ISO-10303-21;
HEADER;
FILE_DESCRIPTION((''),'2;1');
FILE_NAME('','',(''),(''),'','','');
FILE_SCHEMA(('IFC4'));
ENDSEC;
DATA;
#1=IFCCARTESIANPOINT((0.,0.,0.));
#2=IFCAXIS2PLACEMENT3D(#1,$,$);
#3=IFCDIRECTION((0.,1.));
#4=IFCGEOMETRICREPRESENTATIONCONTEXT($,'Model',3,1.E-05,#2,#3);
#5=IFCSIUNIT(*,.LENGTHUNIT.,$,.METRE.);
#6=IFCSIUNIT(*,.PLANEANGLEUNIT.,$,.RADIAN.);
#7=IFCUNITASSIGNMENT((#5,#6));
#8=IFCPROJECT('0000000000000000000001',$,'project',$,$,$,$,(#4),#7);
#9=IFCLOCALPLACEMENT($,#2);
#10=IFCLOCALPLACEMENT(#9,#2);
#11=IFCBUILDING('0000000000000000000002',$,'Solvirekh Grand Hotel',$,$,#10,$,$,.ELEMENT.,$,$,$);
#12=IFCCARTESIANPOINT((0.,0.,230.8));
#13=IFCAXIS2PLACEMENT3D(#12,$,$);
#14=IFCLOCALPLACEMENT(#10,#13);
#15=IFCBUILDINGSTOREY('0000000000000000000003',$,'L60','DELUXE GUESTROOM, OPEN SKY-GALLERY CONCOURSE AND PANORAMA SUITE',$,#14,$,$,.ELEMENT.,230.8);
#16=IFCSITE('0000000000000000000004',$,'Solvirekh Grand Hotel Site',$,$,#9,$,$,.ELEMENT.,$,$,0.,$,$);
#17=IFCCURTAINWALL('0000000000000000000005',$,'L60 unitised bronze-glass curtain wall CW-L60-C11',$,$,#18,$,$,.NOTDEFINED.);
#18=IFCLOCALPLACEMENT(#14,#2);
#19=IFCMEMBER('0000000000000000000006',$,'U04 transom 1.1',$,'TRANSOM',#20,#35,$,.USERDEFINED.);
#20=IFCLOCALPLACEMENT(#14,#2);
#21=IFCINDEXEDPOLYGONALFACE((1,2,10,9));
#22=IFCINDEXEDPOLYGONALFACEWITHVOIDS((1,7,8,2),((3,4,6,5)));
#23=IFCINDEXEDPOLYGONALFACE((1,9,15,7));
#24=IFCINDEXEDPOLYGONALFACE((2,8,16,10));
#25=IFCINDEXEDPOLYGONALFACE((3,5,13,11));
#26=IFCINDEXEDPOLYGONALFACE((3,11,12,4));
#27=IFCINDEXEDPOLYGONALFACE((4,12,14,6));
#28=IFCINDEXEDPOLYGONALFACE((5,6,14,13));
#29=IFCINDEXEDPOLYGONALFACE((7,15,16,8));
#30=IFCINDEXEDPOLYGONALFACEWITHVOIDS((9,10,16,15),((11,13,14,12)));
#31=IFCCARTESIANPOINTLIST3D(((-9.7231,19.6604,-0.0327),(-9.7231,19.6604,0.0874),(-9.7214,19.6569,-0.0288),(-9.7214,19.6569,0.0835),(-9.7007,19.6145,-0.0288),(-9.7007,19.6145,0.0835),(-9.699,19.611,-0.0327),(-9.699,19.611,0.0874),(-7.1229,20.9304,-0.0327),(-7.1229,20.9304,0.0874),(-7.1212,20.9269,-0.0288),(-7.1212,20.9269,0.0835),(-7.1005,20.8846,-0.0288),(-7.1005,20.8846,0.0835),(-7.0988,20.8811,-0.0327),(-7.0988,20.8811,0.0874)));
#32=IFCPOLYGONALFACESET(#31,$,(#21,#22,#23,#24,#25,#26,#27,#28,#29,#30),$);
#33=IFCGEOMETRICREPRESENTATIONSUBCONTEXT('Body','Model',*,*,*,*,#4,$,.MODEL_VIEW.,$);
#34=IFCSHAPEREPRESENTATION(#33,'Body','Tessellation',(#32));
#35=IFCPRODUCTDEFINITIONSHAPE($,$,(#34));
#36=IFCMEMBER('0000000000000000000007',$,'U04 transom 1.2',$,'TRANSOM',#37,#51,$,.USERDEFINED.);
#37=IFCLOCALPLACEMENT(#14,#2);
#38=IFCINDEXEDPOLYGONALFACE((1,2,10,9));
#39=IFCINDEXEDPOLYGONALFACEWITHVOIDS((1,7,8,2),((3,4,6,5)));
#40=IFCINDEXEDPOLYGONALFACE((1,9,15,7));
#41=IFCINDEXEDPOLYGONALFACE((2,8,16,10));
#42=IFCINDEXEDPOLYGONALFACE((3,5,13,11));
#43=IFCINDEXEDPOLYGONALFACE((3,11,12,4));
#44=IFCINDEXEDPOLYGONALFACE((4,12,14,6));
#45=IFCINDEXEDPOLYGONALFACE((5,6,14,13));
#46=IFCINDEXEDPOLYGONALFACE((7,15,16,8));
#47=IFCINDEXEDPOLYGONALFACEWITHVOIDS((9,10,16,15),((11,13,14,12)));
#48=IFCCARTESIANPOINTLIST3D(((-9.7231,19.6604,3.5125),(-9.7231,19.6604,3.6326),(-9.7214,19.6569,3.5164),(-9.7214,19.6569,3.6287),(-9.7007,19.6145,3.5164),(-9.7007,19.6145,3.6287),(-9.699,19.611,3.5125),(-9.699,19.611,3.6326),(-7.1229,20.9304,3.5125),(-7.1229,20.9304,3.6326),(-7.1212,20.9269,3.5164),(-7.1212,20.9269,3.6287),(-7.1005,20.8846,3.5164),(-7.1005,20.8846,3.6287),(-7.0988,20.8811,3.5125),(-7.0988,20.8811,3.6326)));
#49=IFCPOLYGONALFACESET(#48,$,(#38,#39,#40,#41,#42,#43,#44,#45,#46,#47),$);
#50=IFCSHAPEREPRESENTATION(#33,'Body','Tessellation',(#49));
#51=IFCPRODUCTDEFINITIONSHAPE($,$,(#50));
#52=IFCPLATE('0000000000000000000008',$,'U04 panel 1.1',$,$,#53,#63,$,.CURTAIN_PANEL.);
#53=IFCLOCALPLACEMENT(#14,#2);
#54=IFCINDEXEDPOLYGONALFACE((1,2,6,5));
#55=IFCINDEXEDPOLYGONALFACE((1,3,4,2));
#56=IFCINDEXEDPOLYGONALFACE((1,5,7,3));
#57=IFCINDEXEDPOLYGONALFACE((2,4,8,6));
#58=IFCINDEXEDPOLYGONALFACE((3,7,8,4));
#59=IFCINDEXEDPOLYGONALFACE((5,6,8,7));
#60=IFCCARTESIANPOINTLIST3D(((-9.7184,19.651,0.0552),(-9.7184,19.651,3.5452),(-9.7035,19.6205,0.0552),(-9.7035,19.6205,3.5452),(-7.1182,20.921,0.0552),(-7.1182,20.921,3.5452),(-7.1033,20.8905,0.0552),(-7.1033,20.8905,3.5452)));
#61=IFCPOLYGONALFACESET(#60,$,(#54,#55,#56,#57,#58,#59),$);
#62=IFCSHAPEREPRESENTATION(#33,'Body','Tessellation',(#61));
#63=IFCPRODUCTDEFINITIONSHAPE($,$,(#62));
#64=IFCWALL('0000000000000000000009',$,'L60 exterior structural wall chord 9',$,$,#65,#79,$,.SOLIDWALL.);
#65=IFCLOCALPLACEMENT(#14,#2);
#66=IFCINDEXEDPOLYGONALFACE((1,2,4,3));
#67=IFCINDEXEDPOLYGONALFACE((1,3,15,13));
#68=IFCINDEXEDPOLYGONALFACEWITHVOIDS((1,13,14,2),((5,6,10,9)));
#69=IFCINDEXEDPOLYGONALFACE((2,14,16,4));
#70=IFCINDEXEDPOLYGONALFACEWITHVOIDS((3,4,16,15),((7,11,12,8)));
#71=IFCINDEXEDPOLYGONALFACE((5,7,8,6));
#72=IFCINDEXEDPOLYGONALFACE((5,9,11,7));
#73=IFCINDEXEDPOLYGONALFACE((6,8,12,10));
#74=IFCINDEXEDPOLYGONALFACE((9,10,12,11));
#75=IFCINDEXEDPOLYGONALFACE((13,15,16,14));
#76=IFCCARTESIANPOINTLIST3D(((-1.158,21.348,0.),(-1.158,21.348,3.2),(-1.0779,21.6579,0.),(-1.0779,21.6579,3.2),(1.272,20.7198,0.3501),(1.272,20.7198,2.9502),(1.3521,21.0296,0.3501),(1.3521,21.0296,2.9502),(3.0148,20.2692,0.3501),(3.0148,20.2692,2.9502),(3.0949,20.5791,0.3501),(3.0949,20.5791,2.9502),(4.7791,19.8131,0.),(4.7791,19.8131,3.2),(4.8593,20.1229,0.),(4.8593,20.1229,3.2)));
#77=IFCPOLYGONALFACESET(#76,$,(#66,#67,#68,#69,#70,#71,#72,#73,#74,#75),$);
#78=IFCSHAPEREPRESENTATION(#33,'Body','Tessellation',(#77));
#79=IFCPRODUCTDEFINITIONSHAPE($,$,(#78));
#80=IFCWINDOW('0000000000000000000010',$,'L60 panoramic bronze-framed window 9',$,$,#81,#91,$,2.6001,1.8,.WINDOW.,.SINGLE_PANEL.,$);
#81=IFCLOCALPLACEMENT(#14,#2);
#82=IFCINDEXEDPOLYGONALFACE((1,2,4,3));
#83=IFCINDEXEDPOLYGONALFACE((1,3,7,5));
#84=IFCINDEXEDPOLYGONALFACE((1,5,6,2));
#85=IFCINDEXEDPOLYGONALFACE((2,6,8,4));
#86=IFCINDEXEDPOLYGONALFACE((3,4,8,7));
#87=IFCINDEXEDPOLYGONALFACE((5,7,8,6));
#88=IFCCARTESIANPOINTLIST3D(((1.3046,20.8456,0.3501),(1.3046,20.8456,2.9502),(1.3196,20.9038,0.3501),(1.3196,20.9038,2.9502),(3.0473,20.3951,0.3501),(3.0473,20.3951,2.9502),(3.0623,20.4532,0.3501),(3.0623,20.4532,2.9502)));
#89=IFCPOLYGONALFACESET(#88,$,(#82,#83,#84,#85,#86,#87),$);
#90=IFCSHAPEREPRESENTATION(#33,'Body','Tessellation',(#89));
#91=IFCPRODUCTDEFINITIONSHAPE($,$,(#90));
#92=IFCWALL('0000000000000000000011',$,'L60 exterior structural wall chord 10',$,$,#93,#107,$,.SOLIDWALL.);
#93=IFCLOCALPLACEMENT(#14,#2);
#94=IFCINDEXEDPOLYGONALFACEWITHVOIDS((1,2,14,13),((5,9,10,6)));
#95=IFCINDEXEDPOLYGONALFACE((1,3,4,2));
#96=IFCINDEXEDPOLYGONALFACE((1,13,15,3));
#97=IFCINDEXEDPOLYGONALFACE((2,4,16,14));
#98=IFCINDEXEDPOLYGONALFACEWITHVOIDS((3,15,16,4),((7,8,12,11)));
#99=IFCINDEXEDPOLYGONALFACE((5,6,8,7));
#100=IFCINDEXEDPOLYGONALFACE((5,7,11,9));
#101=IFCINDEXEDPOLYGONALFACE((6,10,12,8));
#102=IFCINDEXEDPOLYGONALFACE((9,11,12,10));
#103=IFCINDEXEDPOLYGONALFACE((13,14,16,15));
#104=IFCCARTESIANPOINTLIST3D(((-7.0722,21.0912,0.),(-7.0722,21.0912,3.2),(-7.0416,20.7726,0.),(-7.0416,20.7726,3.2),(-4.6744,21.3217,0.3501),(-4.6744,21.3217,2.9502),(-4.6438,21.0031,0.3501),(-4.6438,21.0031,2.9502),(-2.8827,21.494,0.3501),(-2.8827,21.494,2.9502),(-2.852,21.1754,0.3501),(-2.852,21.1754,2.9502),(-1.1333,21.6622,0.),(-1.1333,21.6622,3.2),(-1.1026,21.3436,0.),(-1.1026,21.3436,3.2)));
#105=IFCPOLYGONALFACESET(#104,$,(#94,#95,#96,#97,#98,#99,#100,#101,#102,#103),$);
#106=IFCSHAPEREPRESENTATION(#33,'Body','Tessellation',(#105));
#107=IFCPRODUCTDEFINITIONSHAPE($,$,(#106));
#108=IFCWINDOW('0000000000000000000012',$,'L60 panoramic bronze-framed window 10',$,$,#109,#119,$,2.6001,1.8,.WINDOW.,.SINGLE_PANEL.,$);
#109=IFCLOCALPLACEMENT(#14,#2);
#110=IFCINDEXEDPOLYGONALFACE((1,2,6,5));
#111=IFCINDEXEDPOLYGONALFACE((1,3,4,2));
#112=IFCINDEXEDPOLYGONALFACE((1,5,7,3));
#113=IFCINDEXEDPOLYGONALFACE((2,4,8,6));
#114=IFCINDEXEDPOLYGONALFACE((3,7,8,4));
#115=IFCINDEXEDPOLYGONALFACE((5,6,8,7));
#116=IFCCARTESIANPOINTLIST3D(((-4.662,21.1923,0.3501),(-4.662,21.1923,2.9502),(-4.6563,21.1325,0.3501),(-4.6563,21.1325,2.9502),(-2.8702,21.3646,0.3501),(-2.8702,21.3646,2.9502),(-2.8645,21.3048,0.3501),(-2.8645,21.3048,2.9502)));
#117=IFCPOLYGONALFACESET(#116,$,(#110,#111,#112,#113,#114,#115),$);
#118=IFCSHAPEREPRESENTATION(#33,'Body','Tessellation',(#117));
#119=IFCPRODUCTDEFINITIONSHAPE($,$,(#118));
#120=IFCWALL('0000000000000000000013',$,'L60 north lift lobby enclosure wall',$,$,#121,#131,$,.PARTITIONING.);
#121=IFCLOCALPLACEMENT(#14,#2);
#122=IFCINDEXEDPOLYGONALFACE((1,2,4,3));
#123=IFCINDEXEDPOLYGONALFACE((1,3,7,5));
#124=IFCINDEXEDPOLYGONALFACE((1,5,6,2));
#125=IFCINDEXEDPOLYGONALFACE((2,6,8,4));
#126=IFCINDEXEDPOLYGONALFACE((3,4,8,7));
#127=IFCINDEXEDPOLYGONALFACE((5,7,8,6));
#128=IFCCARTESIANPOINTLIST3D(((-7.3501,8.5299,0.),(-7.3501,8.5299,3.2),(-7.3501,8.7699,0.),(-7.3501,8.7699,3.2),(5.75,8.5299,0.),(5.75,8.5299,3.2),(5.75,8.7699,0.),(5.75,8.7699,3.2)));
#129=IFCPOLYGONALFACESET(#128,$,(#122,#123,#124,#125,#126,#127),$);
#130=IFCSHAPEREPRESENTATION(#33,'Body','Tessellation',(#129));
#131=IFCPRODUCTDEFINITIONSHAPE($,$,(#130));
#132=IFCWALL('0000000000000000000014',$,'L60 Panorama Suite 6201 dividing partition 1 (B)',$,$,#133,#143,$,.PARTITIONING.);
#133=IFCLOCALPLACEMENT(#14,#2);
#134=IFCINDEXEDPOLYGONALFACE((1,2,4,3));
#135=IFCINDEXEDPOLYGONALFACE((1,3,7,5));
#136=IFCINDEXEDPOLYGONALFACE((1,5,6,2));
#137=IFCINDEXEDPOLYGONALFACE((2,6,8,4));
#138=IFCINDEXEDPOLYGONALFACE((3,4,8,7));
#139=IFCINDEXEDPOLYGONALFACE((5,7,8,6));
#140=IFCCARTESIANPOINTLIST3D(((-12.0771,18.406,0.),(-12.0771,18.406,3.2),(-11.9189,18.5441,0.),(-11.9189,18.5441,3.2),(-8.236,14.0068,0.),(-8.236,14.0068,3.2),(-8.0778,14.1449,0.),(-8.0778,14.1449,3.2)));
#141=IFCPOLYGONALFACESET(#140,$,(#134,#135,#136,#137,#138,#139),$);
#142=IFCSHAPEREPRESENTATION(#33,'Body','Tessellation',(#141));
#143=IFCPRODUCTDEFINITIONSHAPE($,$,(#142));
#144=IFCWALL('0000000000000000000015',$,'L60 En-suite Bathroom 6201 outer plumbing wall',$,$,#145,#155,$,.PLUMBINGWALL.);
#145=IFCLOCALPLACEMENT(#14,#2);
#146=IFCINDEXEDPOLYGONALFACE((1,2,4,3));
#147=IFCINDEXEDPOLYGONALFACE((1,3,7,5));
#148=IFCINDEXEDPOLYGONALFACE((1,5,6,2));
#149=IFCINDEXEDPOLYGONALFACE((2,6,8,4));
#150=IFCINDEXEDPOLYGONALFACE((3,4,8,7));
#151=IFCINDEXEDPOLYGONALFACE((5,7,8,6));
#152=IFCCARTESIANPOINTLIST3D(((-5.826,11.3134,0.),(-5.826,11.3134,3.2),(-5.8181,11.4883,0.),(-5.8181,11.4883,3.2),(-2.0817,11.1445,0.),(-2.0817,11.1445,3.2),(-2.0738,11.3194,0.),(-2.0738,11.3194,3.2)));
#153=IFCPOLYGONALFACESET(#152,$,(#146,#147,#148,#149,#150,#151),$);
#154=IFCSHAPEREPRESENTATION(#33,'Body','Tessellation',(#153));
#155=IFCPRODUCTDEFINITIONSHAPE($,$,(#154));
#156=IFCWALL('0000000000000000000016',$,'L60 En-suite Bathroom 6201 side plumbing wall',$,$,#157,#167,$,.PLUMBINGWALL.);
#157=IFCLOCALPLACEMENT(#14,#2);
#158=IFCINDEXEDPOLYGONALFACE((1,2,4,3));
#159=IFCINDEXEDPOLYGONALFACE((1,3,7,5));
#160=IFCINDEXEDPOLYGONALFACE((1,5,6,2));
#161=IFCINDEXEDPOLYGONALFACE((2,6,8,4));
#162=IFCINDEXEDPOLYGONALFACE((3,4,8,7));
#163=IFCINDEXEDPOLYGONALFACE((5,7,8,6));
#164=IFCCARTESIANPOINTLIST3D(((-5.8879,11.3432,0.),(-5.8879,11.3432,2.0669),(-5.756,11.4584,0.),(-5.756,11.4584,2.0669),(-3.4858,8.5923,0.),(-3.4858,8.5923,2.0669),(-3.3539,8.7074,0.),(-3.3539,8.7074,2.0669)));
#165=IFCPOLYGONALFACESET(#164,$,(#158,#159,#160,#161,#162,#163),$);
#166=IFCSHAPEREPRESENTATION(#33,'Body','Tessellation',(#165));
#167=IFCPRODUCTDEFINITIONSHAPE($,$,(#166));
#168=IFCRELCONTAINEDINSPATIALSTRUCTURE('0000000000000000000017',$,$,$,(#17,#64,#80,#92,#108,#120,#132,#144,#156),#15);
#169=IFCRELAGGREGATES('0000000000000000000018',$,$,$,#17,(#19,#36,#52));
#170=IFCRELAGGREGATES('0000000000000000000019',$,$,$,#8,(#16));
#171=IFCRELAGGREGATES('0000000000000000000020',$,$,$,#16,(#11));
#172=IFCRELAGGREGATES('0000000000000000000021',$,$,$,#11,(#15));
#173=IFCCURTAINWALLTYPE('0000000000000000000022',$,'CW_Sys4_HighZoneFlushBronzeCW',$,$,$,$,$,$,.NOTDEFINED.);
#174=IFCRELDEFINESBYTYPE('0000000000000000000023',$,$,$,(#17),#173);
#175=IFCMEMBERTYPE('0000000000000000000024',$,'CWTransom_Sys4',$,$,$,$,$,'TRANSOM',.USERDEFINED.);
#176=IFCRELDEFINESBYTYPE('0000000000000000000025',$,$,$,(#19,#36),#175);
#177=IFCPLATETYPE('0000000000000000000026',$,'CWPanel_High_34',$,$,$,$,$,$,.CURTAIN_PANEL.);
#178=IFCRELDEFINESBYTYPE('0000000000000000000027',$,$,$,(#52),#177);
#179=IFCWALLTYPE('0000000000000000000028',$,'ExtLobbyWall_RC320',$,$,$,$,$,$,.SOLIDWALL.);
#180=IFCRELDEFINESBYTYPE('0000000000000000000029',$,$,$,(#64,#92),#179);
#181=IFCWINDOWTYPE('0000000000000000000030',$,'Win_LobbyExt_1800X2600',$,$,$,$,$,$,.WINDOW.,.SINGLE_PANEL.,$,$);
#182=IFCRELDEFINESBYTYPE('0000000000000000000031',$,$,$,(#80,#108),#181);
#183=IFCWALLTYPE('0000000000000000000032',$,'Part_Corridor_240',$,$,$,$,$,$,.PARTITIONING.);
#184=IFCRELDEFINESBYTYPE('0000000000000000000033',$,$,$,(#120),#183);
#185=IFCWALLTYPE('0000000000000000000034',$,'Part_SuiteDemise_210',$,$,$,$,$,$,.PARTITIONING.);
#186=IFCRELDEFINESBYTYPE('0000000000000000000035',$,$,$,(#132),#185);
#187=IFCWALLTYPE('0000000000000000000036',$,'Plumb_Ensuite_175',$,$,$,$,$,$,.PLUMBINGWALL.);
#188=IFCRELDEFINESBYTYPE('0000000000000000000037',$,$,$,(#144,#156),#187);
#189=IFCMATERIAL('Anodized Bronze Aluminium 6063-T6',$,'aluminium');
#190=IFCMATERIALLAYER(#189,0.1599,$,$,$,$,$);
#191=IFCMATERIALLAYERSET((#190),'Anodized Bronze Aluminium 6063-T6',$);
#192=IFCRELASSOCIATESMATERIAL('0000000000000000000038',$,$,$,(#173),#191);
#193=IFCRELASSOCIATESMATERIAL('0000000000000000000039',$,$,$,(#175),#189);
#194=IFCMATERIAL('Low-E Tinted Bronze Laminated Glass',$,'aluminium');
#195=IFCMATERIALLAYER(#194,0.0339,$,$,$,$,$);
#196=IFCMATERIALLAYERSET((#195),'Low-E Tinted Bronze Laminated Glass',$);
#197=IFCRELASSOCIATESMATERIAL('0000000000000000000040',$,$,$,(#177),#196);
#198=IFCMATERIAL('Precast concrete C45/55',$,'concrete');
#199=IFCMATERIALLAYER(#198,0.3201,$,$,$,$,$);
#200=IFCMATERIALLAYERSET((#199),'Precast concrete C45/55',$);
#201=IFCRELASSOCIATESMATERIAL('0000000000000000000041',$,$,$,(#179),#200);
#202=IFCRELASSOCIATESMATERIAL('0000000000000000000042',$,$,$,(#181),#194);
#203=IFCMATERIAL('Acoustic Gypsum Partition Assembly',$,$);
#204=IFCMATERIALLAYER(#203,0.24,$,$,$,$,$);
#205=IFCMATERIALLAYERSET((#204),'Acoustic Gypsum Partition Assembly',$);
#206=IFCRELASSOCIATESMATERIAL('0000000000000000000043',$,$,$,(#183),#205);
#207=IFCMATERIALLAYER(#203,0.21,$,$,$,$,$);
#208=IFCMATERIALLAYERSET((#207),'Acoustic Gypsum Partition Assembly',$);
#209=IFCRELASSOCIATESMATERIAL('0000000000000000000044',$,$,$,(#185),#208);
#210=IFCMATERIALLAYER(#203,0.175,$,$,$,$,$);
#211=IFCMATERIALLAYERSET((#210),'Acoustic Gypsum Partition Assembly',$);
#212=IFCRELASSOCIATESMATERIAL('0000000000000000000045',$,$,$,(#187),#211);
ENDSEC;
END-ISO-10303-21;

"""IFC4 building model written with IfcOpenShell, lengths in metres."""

from ifc_helpers import new_model, si_unit, direction, frame, frame_2d, origin, origin_2d, place, context, subcontext, project, spatial, rectangle, hollow_rectangle, extrude, source, transform, mapped, material, layer, layer_set, material_profile, profile_set, type_object, element, fill, aggregate, save


model = new_model("IFC4")

# Units and contexts
model_context = context("Model", 3, precision=1e-05, world=origin(), true_north=direction((0.0, 1.0)))
body_context = subcontext(model_context, "Body", "Model", "MODEL_VIEW")
ifc_project = project(units=[si_unit("LENGTHUNIT", "METRE"), si_unit("PLANEANGLEUNIT", "RADIAN")], contexts=[model_context])

# Site, building, storey
site_placement = place(None, origin())
site = spatial("IfcSite", under=ifc_project, at=site_placement, Name="Solvirekh Grand Hotel Site", CompositionType="ELEMENT", RefElevation=0.0)
building_placement = place(site_placement, origin())
building = spatial("IfcBuilding", under=site, at=building_placement, Name="Solvirekh Grand Hotel", CompositionType="ELEMENT")
storey_placement = place(building_placement, frame((0.0, 0.0, 230.8)))
storey = spatial("IfcBuildingStorey", under=building, at=storey_placement, Name="L60", Description="DELUXE GUESTROOM, OPEN SKY-GALLERY CONCOURSE AND PANORAMA SUITE", CompositionType="ELEMENT", Elevation=230.8)

# Curtain wall, members, plate
ifc_material_1 = material(Name="Anodized Bronze Aluminium 6063-T6", Category="aluminium")
ifc_layer_1 = layer(ifc_material_1, 0.1599)
ifc_layer_set_1 = layer_set([ifc_layer_1], Name="Anodized Bronze Aluminium 6063-T6")
curtain_wall_type = type_object("IfcCurtainWallType", Name="CW_Sys4_HighZoneFlushBronzeCW", PredefinedType="NOTDEFINED", material=ifc_layer_set_1)
curtain_wall_placement = place(storey_placement, origin())
curtain_wall = element("IfcCurtainWall", 1, at=curtain_wall_placement, inside=storey, type_object=curtain_wall_type, Name="L60 unitised bronze-glass curtain wall CW-L60-C11", PredefinedType="NOTDEFINED")
ifc_material_profile_1 = material_profile(ifc_material_1, hollow_rectangle(XDim=0.0549, YDim=0.1201, WallThickness=0.0039, at=origin_2d()), Name="ALU RHS 120X55X4")
ifc_profile_set_1 = profile_set([ifc_material_profile_1], Name="Anodized Bronze Aluminium 6063-T6")
member_type_1 = type_object("IfcMemberType", Name="CWTransom_Sys4", ElementType="TRANSOM", PredefinedType="USERDEFINED", material=ifc_profile_set_1)
shared_shape_1 = source(origin(), body_context, "Body", "SweptSolid", [
    extrude(hollow_rectangle(XDim=0.0549, YDim=0.1201, WallThickness=0.0039, at=origin_2d()), origin(), (0.0, 0.0, 1.0), 2.8938),
])
member_1_placement = place(storey_placement, frame((-7.1108, 20.9058, 0.0273), z_axis=(-0.89854, -0.438892, 0.0), x_axis=(0.438892, -0.89854, 0.0)))
member_1 = element("IfcMember", 2, at=member_1_placement, type_object=member_type_1, Name="U04 transom 1.1", ObjectType="TRANSOM", PredefinedType="USERDEFINED", context=body_context, shape_type="MappedRepresentation", body=[
    mapped(shared_shape_1, transform((0.0, 0.0, 0.0), x_axis=(1.0, 0.0, 0.0), y_axis=(0.0, 1.0, 0.0), z_axis=(0.0, 0.0, 1.0), scale=1.0)),
])
member_2_placement = place(storey_placement, frame((-7.1108, 20.9058, 3.5725), z_axis=(-0.89854, -0.438892, 0.0), x_axis=(0.438892, -0.89854, 0.0)))
member_2 = element("IfcMember", 3, at=member_2_placement, type_object=member_type_1, Name="U04 transom 1.2", ObjectType="TRANSOM", PredefinedType="USERDEFINED", context=body_context, shape_type="MappedRepresentation", body=[
    mapped(shared_shape_1, transform((0.0, 0.0, 0.0), x_axis=(1.0, 0.0, 0.0), y_axis=(0.0, 1.0, 0.0), z_axis=(0.0, 0.0, 1.0), scale=1.0)),
])
ifc_material_2 = material(Name="Low-E Tinted Bronze Laminated Glass", Category="aluminium")
ifc_layer_2 = layer(ifc_material_2, 0.0339)
ifc_layer_set_2 = layer_set([ifc_layer_2], Name="Low-E Tinted Bronze Laminated Glass")
plate_type = type_object("IfcPlateType", Name="CWPanel_High_34", PredefinedType="CURTAIN_PANEL", material=ifc_layer_set_2)
shared_shape_2 = source(origin(), body_context, "Body", "SweptSolid", [
    extrude(rectangle(XDim=2.8938, YDim=0.0339, at=origin_2d()), origin(), (0.0, 0.0, 1.0), 3.49),
])
plate_placement = place(storey_placement, frame((-8.4109, 20.2708, 0.0552), z_axis=(0.0, 0.0, 1.0), x_axis=(-0.898544, -0.438882, 0.0)))
plate = element("IfcPlate", 4, at=plate_placement, type_object=plate_type, Name="U04 panel 1.1", PredefinedType="CURTAIN_PANEL", context=body_context, shape_type="MappedRepresentation", body=[
    mapped(shared_shape_2, transform((0.0, 0.0, 0.0), x_axis=(1.0, 0.0, 0.0), y_axis=(0.0, 1.0, 0.0), z_axis=(0.0, 0.0, 1.0), scale=1.0)),
])
aggregate(curtain_wall, [member_1, member_2, plate])

# Walls, openings, windows
ifc_material_3 = material(Name="Precast concrete C45/55", Category="concrete")
ifc_layer_3 = layer(ifc_material_3, 0.3201)
ifc_layer_set_3 = layer_set([ifc_layer_3], Name="Precast concrete C45/55")
wall_type_1 = type_object("IfcWallType", Name="ExtLobbyWall_RC320", PredefinedType="SOLIDWALL", material=ifc_layer_set_3)
wall_1_placement = place(storey_placement, frame((-1.1179, 21.5029, 0.0), z_axis=(0.0, 0.0, 1.0), x_axis=(0.968168, -0.250303, 0.0)))
wall_1 = element("IfcWall", 5, at=wall_1_placement, inside=storey, type_object=wall_type_1, Name="L60 exterior structural wall chord 9", PredefinedType="SOLIDWALL", context=body_context, shape_type="SweptSolid", body=[
    extrude(rectangle(XDim=6.1323, YDim=0.3201, at=frame_2d((3.0662, 0.0))), origin(), (0.0, 0.0, 1.0), 3.2),
])
opening_1_placement = place(wall_1_placement, frame((2.51, 0.0, 0.3501)))
opening_1 = element("IfcOpeningElement", 6, at=opening_1_placement, cuts=wall_1, PredefinedType="OPENING", context=body_context, shape_type="SweptSolid", body=[
    extrude(rectangle(XDim=1.8, YDim=2.6001, at=frame_2d((0.8999, 1.3))), frame((0.0, 0.1699, 0.0), z_axis=(0.0, -1.0, 0.0), x_axis=(1.0, 0.0, 0.0)), (0.0, 0.0, 1.0), 0.3401),
])
window_type = type_object("IfcWindowType", Name="Win_LobbyExt_1800X2600", PartitioningType="SINGLE_PANEL", PredefinedType="WINDOW", material=ifc_material_2)
window_1_placement = place(opening_1_placement, origin())
window_1 = element("IfcWindow", 7, at=window_1_placement, inside=storey, type_object=window_type, Name="L60 panoramic bronze-framed window 9", OverallHeight=2.6001, OverallWidth=1.8, PartitioningType="SINGLE_PANEL", PredefinedType="WINDOW", context=body_context, shape_type="SweptSolid", body=[
    extrude(rectangle(XDim=1.8, YDim=2.6001, at=frame_2d((0.8999, 1.3))), frame((0.0, 0.03, 0.0), z_axis=(0.0, -1.0, 0.0), x_axis=(1.0, 0.0, 0.0)), (0.0, 0.0, 1.0), 0.0601),
])
fill(opening_1, window_1)
wall_2_placement = place(storey_placement, frame((-7.0569, 20.9319, 0.0), z_axis=(0.0, 0.0, 1.0), x_axis=(0.995409, 0.095711, 0.0)))
wall_2 = element("IfcWall", 8, at=wall_2_placement, inside=storey, type_object=wall_type_1, Name="L60 exterior structural wall chord 10", PredefinedType="SOLIDWALL", context=body_context, shape_type="SweptSolid", body=[
    extrude(rectangle(XDim=5.9663, YDim=0.3201, at=frame_2d((2.9832, 0.0))), origin(), (0.0, 0.0, 1.0), 3.2),
])
opening_2_placement = place(wall_2_placement, frame((2.4089, 0.0, 0.3501)))
opening_2 = element("IfcOpeningElement", 9, at=opening_2_placement, cuts=wall_2, PredefinedType="OPENING", context=body_context, shape_type="SweptSolid", body=[
    extrude(rectangle(XDim=1.8, YDim=2.6001, at=frame_2d((0.8999, 1.3))), frame((0.0, 0.1699, 0.0), z_axis=(0.0, -1.0, 0.0), x_axis=(1.0, 0.0, 0.0)), (0.0, 0.0, 1.0), 0.3401),
])
window_2_placement = place(opening_2_placement, origin())
window_2 = element("IfcWindow", 10, at=window_2_placement, inside=storey, type_object=window_type, Name="L60 panoramic bronze-framed window 10", OverallHeight=2.6001, OverallWidth=1.8, PartitioningType="SINGLE_PANEL", PredefinedType="WINDOW", context=body_context, shape_type="SweptSolid", body=[
    extrude(rectangle(XDim=1.8, YDim=2.6001, at=frame_2d((0.8999, 1.3))), frame((0.0, 0.03, 0.0), z_axis=(0.0, -1.0, 0.0), x_axis=(1.0, 0.0, 0.0)), (0.0, 0.0, 1.0), 0.0601),
])
fill(opening_2, window_2)

# Walls
ifc_material_4 = material(Name="Acoustic Gypsum Partition Assembly")
ifc_layer_4 = layer(ifc_material_4, 0.24)
ifc_layer_set_4 = layer_set([ifc_layer_4], Name="Acoustic Gypsum Partition Assembly")
wall_type_2 = type_object("IfcWallType", Name="Part_Corridor_240", PredefinedType="PARTITIONING", material=ifc_layer_set_4)
wall_3_placement = place(storey_placement, frame((-7.3501, 8.6499, 0.0), z_axis=(0.0, 0.0, 1.0), x_axis=(1.0, 0.0, 0.0)))
element("IfcWall", 11, at=wall_3_placement, inside=storey, type_object=wall_type_2, Name="L60 north lift lobby enclosure wall", PredefinedType="PARTITIONING", context=body_context, shape_type="SweptSolid", body=[
    extrude(rectangle(XDim=13.1001, YDim=0.24, at=frame_2d((6.55, 0.0))), origin(), (0.0, 0.0, 1.0), 3.2),
])
ifc_layer_5 = layer(ifc_material_4, 0.21)
ifc_layer_set_5 = layer_set([ifc_layer_5], Name="Acoustic Gypsum Partition Assembly")
wall_type_3 = type_object("IfcWallType", Name="Part_SuiteDemise_210", PredefinedType="PARTITIONING", material=ifc_layer_set_5)
wall_4_placement = place(storey_placement, frame((-8.157, 14.0759, 0.0), z_axis=(0.0, 0.0, 1.0), x_axis=(-0.657708, 0.753273, 0.0)))
element("IfcWall", 12, at=wall_4_placement, inside=storey, type_object=wall_type_3, Name="L60 Panorama Suite 6201 dividing partition 1 (B)", PredefinedType="PARTITIONING", context=body_context, shape_type="SweptSolid", body=[
    extrude(rectangle(XDim=5.8401, YDim=0.21, at=frame_2d((2.9199, 0.0))), origin(), (0.0, 0.0, 1.0), 3.2),
])
ifc_layer_6 = layer(ifc_material_4, 0.175)
ifc_layer_set_6 = layer_set([ifc_layer_6], Name="Acoustic Gypsum Partition Assembly")
wall_type_4 = type_object("IfcWallType", Name="Plumb_Ensuite_175", PredefinedType="PLUMBINGWALL", material=ifc_layer_set_6)
wall_5_placement = place(storey_placement, frame((-5.822, 11.4009, 0.0), z_axis=(0.0, 0.0, 1.0), x_axis=(0.998984, -0.045077, 0.0)))
element("IfcWall", 13, at=wall_5_placement, inside=storey, type_object=wall_type_4, Name="L60 En-suite Bathroom 6201 outer plumbing wall", PredefinedType="PLUMBINGWALL", context=body_context, shape_type="SweptSolid", body=[
    extrude(rectangle(XDim=3.748, YDim=0.175, at=frame_2d((1.874, 0.0))), origin(), (0.0, 0.0, 1.0), 3.2),
])
wall_6_placement = place(storey_placement, frame((-5.822, 11.4009, 0.0), z_axis=(0.0, 0.0, 1.0), x_axis=(0.657728, -0.753255, 0.0)))
element("IfcWall", 14, at=wall_6_placement, inside=storey, type_object=wall_type_4, Name="L60 En-suite Bathroom 6201 side plumbing wall", PredefinedType="PLUMBINGWALL", context=body_context, shape_type="SweptSolid", body=[
    extrude(rectangle(XDim=3.6521, YDim=0.175, at=frame_2d((1.8262, 0.0))), origin(), (0.0, 0.0, 1.0), 2.0669),
])

save(model, "model.ifc")
